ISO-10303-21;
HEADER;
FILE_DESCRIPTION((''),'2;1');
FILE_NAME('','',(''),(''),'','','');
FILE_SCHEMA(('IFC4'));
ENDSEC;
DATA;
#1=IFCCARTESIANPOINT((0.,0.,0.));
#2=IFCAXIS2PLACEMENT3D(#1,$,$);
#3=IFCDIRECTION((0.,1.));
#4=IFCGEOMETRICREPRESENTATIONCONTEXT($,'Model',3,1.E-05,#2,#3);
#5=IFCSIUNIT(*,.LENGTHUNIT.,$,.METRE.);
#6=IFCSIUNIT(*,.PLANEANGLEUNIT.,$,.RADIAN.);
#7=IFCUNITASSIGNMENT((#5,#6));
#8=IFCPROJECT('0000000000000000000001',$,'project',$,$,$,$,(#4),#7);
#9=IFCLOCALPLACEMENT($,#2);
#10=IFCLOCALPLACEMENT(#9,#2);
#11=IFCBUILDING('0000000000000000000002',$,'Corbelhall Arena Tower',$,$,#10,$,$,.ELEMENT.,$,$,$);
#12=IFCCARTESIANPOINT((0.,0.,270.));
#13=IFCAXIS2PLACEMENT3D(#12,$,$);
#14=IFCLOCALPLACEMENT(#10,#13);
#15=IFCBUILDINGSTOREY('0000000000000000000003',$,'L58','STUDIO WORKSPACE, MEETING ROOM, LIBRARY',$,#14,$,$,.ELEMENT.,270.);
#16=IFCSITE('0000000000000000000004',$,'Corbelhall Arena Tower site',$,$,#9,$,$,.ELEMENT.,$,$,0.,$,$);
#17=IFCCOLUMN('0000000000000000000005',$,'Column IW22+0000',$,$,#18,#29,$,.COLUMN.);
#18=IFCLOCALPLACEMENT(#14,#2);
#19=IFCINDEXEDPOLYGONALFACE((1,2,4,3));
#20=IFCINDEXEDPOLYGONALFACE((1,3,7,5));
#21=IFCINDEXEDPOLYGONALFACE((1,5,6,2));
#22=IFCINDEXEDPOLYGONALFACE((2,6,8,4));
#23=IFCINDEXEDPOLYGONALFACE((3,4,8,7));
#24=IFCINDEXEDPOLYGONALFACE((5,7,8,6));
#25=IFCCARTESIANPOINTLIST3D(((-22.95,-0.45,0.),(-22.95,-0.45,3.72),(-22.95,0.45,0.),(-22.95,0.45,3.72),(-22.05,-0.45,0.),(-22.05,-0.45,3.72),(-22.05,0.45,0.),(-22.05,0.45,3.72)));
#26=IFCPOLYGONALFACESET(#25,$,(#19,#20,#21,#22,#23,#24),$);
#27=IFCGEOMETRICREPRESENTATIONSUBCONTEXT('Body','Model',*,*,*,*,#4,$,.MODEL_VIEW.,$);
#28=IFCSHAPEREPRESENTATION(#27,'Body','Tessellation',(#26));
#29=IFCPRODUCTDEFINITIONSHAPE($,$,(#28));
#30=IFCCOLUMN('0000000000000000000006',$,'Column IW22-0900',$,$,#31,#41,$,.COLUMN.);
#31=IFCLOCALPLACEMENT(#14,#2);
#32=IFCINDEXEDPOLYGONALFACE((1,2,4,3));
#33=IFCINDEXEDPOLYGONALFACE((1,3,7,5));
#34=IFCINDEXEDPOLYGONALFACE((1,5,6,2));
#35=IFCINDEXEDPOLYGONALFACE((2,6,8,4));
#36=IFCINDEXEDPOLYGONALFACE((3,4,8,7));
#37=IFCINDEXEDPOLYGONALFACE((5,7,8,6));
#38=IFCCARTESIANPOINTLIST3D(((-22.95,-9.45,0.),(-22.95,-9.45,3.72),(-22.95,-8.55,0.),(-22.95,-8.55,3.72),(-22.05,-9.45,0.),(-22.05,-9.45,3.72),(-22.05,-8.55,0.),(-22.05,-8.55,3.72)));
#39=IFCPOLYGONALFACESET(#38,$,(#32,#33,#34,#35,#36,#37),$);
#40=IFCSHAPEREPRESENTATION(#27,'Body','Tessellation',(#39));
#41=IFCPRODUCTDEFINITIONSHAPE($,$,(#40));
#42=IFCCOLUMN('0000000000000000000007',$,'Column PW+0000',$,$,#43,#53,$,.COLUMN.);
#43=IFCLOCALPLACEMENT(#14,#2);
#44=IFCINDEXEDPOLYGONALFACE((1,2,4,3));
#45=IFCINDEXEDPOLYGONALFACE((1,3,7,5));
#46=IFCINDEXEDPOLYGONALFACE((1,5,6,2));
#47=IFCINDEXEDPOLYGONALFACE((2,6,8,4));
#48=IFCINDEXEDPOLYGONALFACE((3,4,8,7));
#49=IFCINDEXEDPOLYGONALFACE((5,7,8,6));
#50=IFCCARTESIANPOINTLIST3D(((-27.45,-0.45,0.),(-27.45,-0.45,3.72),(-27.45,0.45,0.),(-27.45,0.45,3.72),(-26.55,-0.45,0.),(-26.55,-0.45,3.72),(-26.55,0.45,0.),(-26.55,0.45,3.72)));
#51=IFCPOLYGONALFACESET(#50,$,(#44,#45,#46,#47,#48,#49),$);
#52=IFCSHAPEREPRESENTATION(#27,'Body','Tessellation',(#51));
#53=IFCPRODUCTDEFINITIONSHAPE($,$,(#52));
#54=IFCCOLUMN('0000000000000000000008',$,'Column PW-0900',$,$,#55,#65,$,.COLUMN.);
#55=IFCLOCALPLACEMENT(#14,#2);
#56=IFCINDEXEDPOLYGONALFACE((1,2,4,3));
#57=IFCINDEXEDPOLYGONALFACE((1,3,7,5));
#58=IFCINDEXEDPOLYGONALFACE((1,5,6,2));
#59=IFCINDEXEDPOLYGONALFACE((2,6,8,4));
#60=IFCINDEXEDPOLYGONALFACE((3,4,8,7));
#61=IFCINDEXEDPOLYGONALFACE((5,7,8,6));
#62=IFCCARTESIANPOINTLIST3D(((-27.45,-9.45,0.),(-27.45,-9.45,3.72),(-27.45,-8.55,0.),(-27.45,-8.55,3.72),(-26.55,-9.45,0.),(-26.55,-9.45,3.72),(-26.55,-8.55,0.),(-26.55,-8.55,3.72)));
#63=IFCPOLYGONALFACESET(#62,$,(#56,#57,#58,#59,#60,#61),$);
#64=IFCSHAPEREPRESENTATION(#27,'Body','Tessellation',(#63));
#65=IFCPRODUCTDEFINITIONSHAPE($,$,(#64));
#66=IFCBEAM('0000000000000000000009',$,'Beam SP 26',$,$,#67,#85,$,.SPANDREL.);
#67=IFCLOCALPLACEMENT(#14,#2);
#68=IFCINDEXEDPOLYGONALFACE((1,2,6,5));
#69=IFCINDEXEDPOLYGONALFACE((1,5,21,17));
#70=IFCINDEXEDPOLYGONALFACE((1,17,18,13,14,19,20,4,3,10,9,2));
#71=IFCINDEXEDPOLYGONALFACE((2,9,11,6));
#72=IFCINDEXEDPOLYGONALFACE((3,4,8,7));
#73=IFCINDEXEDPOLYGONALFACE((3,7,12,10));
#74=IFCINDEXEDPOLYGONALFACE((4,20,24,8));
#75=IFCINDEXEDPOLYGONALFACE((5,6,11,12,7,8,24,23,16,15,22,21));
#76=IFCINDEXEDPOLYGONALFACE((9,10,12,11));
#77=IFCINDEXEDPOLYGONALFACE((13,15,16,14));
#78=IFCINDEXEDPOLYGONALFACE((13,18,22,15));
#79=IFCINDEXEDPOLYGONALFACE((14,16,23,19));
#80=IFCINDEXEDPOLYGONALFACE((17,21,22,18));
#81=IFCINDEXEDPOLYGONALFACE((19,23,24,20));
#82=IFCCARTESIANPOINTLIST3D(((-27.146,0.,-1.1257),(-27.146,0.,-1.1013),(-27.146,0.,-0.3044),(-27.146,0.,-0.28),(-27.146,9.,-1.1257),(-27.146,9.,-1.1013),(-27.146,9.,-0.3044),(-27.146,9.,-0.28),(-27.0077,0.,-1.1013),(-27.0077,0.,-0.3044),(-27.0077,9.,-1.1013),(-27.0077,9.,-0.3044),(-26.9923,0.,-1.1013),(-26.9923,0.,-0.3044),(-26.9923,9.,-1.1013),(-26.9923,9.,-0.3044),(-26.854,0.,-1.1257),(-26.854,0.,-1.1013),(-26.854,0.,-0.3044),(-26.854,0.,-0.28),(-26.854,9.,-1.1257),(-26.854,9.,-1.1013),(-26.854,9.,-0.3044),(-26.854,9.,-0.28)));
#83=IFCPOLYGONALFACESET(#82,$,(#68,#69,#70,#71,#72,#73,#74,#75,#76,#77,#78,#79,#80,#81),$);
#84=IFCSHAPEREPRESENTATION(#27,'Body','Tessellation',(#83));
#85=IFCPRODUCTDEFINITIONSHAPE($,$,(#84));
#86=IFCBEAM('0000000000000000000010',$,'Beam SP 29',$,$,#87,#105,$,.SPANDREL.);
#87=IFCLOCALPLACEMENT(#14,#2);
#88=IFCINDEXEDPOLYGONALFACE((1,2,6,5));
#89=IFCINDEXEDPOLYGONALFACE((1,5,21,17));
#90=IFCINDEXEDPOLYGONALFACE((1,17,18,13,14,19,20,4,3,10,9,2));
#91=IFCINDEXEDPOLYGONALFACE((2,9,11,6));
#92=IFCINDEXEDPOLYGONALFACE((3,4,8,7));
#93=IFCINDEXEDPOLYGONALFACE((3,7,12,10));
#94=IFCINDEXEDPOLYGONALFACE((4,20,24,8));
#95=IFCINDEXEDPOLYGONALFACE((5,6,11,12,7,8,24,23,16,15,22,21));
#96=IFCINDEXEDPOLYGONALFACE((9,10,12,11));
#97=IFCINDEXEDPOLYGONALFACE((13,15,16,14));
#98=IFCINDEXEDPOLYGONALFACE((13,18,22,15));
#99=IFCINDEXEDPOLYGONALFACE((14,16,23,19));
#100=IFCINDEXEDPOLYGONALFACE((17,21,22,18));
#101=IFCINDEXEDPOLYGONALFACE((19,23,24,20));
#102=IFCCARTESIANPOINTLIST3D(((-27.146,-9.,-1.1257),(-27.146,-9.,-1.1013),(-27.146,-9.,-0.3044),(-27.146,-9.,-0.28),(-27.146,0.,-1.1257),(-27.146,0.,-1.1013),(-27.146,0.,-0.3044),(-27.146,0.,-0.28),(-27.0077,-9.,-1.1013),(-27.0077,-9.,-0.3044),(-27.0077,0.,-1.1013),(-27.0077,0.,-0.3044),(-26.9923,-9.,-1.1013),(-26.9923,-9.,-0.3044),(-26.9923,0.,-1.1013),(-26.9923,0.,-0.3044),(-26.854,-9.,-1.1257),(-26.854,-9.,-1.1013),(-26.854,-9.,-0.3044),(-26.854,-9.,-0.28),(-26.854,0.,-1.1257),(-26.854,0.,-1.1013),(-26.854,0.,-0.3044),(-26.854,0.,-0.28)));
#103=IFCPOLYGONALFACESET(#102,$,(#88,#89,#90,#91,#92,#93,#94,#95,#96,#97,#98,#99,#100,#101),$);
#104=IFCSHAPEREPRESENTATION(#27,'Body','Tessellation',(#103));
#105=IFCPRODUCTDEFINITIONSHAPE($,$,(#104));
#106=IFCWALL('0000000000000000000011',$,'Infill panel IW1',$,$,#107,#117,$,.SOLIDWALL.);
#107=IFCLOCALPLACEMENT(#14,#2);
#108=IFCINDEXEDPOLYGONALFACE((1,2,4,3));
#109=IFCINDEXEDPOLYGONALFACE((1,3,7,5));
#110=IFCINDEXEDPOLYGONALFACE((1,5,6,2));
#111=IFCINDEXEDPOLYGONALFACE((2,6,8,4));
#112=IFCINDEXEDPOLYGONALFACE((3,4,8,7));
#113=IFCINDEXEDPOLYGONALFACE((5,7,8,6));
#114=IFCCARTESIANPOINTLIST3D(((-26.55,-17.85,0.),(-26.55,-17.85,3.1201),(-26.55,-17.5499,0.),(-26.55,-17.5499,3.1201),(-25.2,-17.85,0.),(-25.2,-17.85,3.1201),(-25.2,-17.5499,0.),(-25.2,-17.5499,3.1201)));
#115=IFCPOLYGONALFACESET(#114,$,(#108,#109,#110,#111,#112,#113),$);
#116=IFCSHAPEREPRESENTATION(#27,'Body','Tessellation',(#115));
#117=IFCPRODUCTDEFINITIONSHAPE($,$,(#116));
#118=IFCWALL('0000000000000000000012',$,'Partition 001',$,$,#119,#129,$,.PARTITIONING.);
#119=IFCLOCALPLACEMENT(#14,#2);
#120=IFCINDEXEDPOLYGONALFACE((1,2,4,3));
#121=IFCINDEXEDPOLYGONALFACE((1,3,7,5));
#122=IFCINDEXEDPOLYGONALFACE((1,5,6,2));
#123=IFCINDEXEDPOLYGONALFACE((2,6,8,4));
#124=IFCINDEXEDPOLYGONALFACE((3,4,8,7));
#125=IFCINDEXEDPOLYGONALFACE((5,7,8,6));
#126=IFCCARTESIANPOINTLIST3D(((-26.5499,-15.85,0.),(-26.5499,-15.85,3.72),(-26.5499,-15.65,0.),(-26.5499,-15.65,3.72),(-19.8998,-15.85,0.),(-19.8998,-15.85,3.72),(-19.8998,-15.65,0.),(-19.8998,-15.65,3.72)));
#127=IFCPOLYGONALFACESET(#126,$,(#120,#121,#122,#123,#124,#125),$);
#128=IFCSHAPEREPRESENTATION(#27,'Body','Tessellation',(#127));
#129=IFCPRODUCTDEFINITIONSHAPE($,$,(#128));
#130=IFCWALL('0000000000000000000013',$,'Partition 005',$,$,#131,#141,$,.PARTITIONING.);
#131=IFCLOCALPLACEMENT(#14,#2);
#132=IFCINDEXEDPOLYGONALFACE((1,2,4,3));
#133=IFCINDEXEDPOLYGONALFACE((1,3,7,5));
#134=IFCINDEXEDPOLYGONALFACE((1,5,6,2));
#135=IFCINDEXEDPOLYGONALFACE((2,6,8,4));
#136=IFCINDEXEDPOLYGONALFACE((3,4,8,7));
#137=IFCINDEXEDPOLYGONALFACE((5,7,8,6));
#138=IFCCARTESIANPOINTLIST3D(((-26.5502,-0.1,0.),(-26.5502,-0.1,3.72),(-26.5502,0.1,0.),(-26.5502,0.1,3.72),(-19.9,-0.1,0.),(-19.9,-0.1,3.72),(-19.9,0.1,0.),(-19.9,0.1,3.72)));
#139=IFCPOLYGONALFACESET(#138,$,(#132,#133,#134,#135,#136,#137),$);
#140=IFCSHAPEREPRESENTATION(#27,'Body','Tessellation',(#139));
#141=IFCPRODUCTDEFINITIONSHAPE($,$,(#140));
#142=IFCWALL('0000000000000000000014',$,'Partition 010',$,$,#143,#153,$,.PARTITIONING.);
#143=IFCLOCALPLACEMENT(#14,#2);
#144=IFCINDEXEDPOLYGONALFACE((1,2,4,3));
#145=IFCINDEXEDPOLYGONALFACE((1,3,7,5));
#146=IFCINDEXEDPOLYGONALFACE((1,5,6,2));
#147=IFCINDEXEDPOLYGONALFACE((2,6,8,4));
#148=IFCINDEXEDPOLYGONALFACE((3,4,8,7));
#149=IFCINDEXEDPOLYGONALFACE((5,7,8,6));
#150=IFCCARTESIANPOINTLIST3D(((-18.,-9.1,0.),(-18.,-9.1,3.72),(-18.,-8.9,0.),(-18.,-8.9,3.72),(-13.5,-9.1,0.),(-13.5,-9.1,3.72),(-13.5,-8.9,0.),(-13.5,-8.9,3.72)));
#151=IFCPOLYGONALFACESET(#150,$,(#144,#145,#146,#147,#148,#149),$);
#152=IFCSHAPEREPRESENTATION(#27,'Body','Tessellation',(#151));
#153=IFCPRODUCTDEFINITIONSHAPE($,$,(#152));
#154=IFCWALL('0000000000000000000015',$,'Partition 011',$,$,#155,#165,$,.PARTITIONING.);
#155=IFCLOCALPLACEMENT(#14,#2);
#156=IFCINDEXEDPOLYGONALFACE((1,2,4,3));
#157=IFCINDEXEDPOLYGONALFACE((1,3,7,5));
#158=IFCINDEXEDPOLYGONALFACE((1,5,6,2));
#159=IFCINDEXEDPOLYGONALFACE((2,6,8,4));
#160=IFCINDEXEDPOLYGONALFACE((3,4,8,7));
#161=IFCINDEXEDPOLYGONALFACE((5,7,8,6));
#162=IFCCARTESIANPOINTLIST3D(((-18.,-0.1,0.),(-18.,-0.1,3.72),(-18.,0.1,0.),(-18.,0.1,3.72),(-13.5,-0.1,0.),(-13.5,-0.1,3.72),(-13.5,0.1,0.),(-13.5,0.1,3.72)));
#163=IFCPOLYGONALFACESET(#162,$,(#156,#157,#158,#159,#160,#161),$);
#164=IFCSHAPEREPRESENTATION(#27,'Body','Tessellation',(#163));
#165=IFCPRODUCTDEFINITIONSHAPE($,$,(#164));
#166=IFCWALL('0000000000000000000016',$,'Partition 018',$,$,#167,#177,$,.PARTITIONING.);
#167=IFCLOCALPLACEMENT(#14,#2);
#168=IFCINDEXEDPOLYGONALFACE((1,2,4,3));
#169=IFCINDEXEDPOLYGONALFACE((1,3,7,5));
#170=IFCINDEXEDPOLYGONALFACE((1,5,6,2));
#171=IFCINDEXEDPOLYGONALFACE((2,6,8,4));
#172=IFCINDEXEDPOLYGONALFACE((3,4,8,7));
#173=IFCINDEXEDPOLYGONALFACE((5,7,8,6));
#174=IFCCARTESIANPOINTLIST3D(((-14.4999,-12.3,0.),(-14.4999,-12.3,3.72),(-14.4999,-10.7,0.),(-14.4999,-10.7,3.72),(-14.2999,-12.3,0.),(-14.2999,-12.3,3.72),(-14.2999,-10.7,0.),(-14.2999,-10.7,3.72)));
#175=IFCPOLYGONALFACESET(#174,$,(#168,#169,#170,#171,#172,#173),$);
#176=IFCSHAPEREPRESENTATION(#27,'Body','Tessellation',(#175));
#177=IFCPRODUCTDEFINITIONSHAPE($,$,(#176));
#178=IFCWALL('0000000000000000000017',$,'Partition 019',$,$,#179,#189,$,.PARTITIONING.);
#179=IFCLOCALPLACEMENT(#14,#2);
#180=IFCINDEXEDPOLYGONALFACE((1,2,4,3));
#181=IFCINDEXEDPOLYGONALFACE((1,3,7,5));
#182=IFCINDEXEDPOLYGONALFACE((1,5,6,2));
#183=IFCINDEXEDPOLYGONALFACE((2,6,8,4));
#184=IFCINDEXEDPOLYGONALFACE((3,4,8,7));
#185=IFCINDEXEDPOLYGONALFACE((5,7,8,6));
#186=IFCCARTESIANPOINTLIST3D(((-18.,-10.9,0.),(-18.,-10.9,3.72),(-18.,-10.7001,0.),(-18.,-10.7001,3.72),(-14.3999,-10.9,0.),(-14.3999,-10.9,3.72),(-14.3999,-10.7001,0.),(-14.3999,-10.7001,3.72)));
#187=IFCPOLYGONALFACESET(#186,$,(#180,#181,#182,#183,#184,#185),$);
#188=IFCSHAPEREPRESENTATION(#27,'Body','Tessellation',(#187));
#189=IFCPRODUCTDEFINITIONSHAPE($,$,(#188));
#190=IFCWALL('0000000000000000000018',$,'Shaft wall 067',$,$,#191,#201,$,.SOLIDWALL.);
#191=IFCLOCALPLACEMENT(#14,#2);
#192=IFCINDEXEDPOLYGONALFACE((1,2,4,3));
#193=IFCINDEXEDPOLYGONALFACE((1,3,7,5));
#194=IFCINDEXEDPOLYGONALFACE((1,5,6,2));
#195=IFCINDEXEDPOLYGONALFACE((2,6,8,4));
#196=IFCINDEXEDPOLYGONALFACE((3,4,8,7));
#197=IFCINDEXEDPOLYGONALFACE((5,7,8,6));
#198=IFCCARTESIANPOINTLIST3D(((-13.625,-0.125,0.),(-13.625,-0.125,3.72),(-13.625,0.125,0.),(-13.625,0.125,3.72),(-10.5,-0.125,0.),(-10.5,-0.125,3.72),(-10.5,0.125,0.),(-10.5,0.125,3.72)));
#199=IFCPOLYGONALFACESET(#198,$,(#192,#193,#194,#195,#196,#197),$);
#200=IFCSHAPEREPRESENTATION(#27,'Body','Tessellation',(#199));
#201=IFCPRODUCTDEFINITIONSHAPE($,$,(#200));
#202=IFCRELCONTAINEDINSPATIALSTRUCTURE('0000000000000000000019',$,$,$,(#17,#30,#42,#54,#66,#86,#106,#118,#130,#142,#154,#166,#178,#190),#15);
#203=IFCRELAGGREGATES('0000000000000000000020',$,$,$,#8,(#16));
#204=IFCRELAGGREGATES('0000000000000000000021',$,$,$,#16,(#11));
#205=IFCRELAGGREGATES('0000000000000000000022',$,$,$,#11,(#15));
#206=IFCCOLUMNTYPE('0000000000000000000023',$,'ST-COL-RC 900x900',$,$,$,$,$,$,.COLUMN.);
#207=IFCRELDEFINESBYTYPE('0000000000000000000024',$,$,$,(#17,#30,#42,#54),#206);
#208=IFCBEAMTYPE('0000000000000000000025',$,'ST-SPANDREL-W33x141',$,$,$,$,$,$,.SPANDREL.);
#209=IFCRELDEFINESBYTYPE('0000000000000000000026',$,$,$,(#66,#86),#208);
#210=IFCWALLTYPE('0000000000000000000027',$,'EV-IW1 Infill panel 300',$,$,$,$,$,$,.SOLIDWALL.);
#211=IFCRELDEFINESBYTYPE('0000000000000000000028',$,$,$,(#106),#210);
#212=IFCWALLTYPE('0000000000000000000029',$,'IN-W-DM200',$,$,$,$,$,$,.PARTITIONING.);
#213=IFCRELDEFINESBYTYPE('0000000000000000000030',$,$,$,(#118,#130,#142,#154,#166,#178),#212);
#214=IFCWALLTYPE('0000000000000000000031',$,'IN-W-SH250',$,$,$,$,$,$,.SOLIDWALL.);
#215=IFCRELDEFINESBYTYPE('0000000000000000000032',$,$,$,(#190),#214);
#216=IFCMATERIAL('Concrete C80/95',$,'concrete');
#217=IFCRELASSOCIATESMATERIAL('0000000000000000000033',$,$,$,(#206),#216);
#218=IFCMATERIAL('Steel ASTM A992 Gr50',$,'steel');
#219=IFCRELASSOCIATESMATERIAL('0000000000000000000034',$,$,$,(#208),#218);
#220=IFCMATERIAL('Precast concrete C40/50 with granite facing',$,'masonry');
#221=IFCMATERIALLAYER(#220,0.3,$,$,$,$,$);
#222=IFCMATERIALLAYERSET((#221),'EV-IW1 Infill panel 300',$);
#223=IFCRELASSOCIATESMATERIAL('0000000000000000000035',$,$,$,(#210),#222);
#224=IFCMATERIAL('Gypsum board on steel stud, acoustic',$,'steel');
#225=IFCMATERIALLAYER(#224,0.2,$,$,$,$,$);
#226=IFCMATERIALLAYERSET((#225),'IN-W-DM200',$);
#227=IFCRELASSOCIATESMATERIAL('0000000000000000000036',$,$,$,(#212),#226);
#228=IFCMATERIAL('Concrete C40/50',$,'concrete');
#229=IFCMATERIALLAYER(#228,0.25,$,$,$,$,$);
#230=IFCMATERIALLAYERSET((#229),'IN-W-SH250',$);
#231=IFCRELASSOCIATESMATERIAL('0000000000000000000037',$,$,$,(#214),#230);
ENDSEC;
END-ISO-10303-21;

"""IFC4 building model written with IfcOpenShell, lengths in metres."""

from ifc_helpers import new_model, si_unit, direction, frame, frame_2d, origin, origin_2d, place, context, subcontext, project, spatial, rectangle, i_section, extrude, material, layer, layer_set, material_profile, profile_set, type_object, element, save


model = new_model("IFC4")

# Units and contexts
model_context = context("Model", 3, precision=1e-05, world=origin(), true_north=direction((0.0, 1.0)))
body_context = subcontext(model_context, "Body", "Model", "MODEL_VIEW")
ifc_project = project(units=[si_unit("LENGTHUNIT", "METRE"), si_unit("PLANEANGLEUNIT", "RADIAN")], contexts=[model_context])

# Site, building, storey
site_placement = place(None, origin())
site = spatial("IfcSite", under=ifc_project, at=site_placement, Name="Corbelhall Arena Tower site", CompositionType="ELEMENT", RefElevation=0.0)
building_placement = place(site_placement, origin())
building = spatial("IfcBuilding", under=site, at=building_placement, Name="Corbelhall Arena Tower", CompositionType="ELEMENT")
storey_placement = place(building_placement, frame((0.0, 0.0, 270.0)))
storey = spatial("IfcBuildingStorey", under=building, at=storey_placement, Name="L58", Description="STUDIO WORKSPACE, MEETING ROOM, LIBRARY", CompositionType="ELEMENT", Elevation=270.0)

# Columns
ifc_material_1 = material(Name="Concrete C80/95", Category="concrete")
ifc_material_profile_1 = material_profile(ifc_material_1, rectangle(XDim=0.8999, YDim=0.8999, at=origin_2d()))
ifc_profile_set_1 = profile_set([ifc_material_profile_1], Name="Concrete C80/95")
column_type = type_object("IfcColumnType", Name="ST-COL-RC 900x900", PredefinedType="COLUMN", material=ifc_profile_set_1)
for number, where, z_axis, x_axis, name in (
    (1, (-22.5, 0.0, 0.0), (0.0, 0.0, 1.0), (1.0, 0.0, 0.0), "Column IW22+0000"),
    (2, (-22.5, -9.0, 0.0), (0.0, 0.0, 1.0), (1.0, 0.0, 0.0), "Column IW22-0900"),
    (3, (-27.0, 0.0, 0.0), (0.0, 0.0, 1.0), (0.0, 1.0, 0.0), "Column PW+0000"),
    (4, (-27.0, -9.0, 0.0), (0.0, 0.0, 1.0), (0.0, 1.0, 0.0), "Column PW-0900"),
):
    element("IfcColumn", number, at=place(storey_placement, frame(where, z_axis=z_axis, x_axis=x_axis)), inside=storey, type_object=column_type, Name=name, PredefinedType="COLUMN", context=body_context, shape_type="SweptSolid", body=[
        extrude(rectangle(XDim=0.8999, YDim=0.8999, at=origin_2d()), origin(), (0.0, 0.0, 1.0), 3.72),
    ])

# Beams
ifc_material_2 = material(Name="Steel ASTM A992 Gr50", Category="steel")
ifc_material_profile_2 = material_profile(ifc_material_2, i_section(OverallWidth=0.292, OverallDepth=0.8457, WebThickness=0.0154, FlangeThickness=0.0244, at=origin_2d()))
ifc_profile_set_2 = profile_set([ifc_material_profile_2], Name="Steel ASTM A992 Gr50")
beam_type = type_object("IfcBeamType", Name="ST-SPANDREL-W33x141", PredefinedType="SPANDREL", material=ifc_profile_set_2)
for number, where, z_axis, x_axis, name in (
    (5, (-27.0, 0.0, -0.7029), (0.0, 1.0, 0.0), (-1.0, 0.0, 0.0), "Beam SP 26"),
    (6, (-27.0, -9.0, -0.7029), (0.0, 1.0, 0.0), (-1.0, 0.0, 0.0), "Beam SP 29"),
):
    element("IfcBeam", number, at=place(storey_placement, frame(where, z_axis=z_axis, x_axis=x_axis)), inside=storey, type_object=beam_type, Name=name, PredefinedType="SPANDREL", context=body_context, shape_type="SweptSolid", body=[
        extrude(i_section(OverallWidth=0.292, OverallDepth=0.8457, WebThickness=0.0154, FlangeThickness=0.0244, at=origin_2d()), origin(), (0.0, 0.0, 1.0), 9.0),
    ])

# Shared definitions
ifc_material_3 = material(Name="Precast concrete C40/50 with granite facing", Category="masonry")
ifc_layer_1 = layer(ifc_material_3, 0.3)
ifc_layer_set_1 = layer_set([ifc_layer_1], Name="EV-IW1 Infill panel 300")
wall_type_1 = type_object("IfcWallType", Name="EV-IW1 Infill panel 300", PredefinedType="SOLIDWALL", material=ifc_layer_set_1)

# Walls
wall_1_placement = place(storey_placement, frame((-26.55, -17.7, 0.0), z_axis=(0.0, 0.0, 1.0), x_axis=(1.0, 0.0, 0.0)))
element("IfcWall", 7, at=wall_1_placement, inside=storey, type_object=wall_type_1, Name="Infill panel IW1", PredefinedType="SOLIDWALL", context=body_context, shape_type="SweptSolid", body=[
    extrude(rectangle(XDim=1.3501, YDim=0.3, at=frame_2d((0.675, 0.0))), origin(), (0.0, 0.0, 1.0), 3.1201),
])
ifc_material_4 = material(Name="Gypsum board on steel stud, acoustic", Category="steel")
ifc_layer_2 = layer(ifc_material_4, 0.2)
ifc_layer_set_2 = layer_set([ifc_layer_2], Name="IN-W-DM200")
wall_type_2 = type_object("IfcWallType", Name="IN-W-DM200", PredefinedType="PARTITIONING", material=ifc_layer_set_2)
wall_2_placement = place(storey_placement, frame((-26.55, -15.75, 0.0), z_axis=(0.0, 0.0, 1.0), x_axis=(1.0, 0.0, 0.0)))
element("IfcWall", 8, at=wall_2_placement, inside=storey, type_object=wall_type_2, Name="Partition 001", PredefinedType="PARTITIONING", context=body_context, shape_type="SweptSolid", body=[
    extrude(rectangle(XDim=6.6501, YDim=0.2, at=frame_2d((3.3252, 0.0))), origin(), (0.0, 0.0, 1.0), 3.72),
])

# Wall
wall_3_placement = place(storey_placement, frame((-19.8999, 0.0, 0.0), z_axis=(0.0, 0.0, 1.0), x_axis=(-1.0, 0.0, 0.0)))
element("IfcWall", 9, at=wall_3_placement, inside=storey, type_object=wall_type_2, Name="Partition 005", PredefinedType="PARTITIONING", context=body_context, shape_type="SweptSolid", body=[
    extrude(rectangle(XDim=6.6501, YDim=0.2, at=frame_2d((3.3252, 0.0))), origin(), (0.0, 0.0, 1.0), 3.72),
])

# Walls
for number, where, z_axis, x_axis, name in (
    (10, (-18.0, -9.0, 0.0), (0.0, 0.0, 1.0), (1.0, 0.0, 0.0), "Partition 010"),
    (11, (-18.0, 0.0, 0.0), (0.0, 0.0, 1.0), (1.0, 0.0, 0.0), "Partition 011"),
):
    element("IfcWall", number, at=place(storey_placement, frame(where, z_axis=z_axis, x_axis=x_axis)), inside=storey, type_object=wall_type_2, Name=name, PredefinedType="PARTITIONING", context=body_context, shape_type="SweptSolid", body=[
        extrude(rectangle(XDim=4.5, YDim=0.2, at=frame_2d((2.25, 0.0))), origin(), (0.0, 0.0, 1.0), 3.72),
    ])
wall_4_placement = place(storey_placement, frame((-14.3999, -12.3, 0.0), z_axis=(0.0, 0.0, 1.0), x_axis=(0.0, 1.0, 0.0)))
element("IfcWall", 12, at=wall_4_placement, inside=storey, type_object=wall_type_2, Name="Partition 018", PredefinedType="PARTITIONING", context=body_context, shape_type="SweptSolid", body=[
    extrude(rectangle(XDim=1.6001, YDim=0.2, at=frame_2d((0.8, 0.0))), origin(), (0.0, 0.0, 1.0), 3.72),
])
wall_5_placement = place(storey_placement, frame((-14.3999, -10.8, 0.0), z_axis=(0.0, 0.0, 1.0), x_axis=(-1.0, 0.0, 0.0)))
element("IfcWall", 13, at=wall_5_placement, inside=storey, type_object=wall_type_2, Name="Partition 019", PredefinedType="PARTITIONING", context=body_context, shape_type="SweptSolid", body=[
    extrude(rectangle(XDim=3.6001, YDim=0.2, at=frame_2d((1.8, 0.0))), origin(), (0.0, 0.0, 1.0), 3.72),
])
ifc_material_5 = material(Name="Concrete C40/50", Category="concrete")
ifc_layer_3 = layer(ifc_material_5, 0.25)
ifc_layer_set_3 = layer_set([ifc_layer_3], Name="IN-W-SH250")
wall_type_3 = type_object("IfcWallType", Name="IN-W-SH250", PredefinedType="SOLIDWALL", material=ifc_layer_set_3)
wall_6_placement = place(storey_placement, frame((-13.625, 0.0, 0.0), z_axis=(0.0, 0.0, 1.0), x_axis=(1.0, 0.0, 0.0)))
element("IfcWall", 14, at=wall_6_placement, inside=storey, type_object=wall_type_3, Name="Shaft wall 067", PredefinedType="SOLIDWALL", context=body_context, shape_type="SweptSolid", body=[
    extrude(rectangle(XDim=3.125, YDim=0.25, at=frame_2d((1.5625, 0.0))), origin(), (0.0, 0.0, 1.0), 3.72),
])

save(model, "model.ifc")
